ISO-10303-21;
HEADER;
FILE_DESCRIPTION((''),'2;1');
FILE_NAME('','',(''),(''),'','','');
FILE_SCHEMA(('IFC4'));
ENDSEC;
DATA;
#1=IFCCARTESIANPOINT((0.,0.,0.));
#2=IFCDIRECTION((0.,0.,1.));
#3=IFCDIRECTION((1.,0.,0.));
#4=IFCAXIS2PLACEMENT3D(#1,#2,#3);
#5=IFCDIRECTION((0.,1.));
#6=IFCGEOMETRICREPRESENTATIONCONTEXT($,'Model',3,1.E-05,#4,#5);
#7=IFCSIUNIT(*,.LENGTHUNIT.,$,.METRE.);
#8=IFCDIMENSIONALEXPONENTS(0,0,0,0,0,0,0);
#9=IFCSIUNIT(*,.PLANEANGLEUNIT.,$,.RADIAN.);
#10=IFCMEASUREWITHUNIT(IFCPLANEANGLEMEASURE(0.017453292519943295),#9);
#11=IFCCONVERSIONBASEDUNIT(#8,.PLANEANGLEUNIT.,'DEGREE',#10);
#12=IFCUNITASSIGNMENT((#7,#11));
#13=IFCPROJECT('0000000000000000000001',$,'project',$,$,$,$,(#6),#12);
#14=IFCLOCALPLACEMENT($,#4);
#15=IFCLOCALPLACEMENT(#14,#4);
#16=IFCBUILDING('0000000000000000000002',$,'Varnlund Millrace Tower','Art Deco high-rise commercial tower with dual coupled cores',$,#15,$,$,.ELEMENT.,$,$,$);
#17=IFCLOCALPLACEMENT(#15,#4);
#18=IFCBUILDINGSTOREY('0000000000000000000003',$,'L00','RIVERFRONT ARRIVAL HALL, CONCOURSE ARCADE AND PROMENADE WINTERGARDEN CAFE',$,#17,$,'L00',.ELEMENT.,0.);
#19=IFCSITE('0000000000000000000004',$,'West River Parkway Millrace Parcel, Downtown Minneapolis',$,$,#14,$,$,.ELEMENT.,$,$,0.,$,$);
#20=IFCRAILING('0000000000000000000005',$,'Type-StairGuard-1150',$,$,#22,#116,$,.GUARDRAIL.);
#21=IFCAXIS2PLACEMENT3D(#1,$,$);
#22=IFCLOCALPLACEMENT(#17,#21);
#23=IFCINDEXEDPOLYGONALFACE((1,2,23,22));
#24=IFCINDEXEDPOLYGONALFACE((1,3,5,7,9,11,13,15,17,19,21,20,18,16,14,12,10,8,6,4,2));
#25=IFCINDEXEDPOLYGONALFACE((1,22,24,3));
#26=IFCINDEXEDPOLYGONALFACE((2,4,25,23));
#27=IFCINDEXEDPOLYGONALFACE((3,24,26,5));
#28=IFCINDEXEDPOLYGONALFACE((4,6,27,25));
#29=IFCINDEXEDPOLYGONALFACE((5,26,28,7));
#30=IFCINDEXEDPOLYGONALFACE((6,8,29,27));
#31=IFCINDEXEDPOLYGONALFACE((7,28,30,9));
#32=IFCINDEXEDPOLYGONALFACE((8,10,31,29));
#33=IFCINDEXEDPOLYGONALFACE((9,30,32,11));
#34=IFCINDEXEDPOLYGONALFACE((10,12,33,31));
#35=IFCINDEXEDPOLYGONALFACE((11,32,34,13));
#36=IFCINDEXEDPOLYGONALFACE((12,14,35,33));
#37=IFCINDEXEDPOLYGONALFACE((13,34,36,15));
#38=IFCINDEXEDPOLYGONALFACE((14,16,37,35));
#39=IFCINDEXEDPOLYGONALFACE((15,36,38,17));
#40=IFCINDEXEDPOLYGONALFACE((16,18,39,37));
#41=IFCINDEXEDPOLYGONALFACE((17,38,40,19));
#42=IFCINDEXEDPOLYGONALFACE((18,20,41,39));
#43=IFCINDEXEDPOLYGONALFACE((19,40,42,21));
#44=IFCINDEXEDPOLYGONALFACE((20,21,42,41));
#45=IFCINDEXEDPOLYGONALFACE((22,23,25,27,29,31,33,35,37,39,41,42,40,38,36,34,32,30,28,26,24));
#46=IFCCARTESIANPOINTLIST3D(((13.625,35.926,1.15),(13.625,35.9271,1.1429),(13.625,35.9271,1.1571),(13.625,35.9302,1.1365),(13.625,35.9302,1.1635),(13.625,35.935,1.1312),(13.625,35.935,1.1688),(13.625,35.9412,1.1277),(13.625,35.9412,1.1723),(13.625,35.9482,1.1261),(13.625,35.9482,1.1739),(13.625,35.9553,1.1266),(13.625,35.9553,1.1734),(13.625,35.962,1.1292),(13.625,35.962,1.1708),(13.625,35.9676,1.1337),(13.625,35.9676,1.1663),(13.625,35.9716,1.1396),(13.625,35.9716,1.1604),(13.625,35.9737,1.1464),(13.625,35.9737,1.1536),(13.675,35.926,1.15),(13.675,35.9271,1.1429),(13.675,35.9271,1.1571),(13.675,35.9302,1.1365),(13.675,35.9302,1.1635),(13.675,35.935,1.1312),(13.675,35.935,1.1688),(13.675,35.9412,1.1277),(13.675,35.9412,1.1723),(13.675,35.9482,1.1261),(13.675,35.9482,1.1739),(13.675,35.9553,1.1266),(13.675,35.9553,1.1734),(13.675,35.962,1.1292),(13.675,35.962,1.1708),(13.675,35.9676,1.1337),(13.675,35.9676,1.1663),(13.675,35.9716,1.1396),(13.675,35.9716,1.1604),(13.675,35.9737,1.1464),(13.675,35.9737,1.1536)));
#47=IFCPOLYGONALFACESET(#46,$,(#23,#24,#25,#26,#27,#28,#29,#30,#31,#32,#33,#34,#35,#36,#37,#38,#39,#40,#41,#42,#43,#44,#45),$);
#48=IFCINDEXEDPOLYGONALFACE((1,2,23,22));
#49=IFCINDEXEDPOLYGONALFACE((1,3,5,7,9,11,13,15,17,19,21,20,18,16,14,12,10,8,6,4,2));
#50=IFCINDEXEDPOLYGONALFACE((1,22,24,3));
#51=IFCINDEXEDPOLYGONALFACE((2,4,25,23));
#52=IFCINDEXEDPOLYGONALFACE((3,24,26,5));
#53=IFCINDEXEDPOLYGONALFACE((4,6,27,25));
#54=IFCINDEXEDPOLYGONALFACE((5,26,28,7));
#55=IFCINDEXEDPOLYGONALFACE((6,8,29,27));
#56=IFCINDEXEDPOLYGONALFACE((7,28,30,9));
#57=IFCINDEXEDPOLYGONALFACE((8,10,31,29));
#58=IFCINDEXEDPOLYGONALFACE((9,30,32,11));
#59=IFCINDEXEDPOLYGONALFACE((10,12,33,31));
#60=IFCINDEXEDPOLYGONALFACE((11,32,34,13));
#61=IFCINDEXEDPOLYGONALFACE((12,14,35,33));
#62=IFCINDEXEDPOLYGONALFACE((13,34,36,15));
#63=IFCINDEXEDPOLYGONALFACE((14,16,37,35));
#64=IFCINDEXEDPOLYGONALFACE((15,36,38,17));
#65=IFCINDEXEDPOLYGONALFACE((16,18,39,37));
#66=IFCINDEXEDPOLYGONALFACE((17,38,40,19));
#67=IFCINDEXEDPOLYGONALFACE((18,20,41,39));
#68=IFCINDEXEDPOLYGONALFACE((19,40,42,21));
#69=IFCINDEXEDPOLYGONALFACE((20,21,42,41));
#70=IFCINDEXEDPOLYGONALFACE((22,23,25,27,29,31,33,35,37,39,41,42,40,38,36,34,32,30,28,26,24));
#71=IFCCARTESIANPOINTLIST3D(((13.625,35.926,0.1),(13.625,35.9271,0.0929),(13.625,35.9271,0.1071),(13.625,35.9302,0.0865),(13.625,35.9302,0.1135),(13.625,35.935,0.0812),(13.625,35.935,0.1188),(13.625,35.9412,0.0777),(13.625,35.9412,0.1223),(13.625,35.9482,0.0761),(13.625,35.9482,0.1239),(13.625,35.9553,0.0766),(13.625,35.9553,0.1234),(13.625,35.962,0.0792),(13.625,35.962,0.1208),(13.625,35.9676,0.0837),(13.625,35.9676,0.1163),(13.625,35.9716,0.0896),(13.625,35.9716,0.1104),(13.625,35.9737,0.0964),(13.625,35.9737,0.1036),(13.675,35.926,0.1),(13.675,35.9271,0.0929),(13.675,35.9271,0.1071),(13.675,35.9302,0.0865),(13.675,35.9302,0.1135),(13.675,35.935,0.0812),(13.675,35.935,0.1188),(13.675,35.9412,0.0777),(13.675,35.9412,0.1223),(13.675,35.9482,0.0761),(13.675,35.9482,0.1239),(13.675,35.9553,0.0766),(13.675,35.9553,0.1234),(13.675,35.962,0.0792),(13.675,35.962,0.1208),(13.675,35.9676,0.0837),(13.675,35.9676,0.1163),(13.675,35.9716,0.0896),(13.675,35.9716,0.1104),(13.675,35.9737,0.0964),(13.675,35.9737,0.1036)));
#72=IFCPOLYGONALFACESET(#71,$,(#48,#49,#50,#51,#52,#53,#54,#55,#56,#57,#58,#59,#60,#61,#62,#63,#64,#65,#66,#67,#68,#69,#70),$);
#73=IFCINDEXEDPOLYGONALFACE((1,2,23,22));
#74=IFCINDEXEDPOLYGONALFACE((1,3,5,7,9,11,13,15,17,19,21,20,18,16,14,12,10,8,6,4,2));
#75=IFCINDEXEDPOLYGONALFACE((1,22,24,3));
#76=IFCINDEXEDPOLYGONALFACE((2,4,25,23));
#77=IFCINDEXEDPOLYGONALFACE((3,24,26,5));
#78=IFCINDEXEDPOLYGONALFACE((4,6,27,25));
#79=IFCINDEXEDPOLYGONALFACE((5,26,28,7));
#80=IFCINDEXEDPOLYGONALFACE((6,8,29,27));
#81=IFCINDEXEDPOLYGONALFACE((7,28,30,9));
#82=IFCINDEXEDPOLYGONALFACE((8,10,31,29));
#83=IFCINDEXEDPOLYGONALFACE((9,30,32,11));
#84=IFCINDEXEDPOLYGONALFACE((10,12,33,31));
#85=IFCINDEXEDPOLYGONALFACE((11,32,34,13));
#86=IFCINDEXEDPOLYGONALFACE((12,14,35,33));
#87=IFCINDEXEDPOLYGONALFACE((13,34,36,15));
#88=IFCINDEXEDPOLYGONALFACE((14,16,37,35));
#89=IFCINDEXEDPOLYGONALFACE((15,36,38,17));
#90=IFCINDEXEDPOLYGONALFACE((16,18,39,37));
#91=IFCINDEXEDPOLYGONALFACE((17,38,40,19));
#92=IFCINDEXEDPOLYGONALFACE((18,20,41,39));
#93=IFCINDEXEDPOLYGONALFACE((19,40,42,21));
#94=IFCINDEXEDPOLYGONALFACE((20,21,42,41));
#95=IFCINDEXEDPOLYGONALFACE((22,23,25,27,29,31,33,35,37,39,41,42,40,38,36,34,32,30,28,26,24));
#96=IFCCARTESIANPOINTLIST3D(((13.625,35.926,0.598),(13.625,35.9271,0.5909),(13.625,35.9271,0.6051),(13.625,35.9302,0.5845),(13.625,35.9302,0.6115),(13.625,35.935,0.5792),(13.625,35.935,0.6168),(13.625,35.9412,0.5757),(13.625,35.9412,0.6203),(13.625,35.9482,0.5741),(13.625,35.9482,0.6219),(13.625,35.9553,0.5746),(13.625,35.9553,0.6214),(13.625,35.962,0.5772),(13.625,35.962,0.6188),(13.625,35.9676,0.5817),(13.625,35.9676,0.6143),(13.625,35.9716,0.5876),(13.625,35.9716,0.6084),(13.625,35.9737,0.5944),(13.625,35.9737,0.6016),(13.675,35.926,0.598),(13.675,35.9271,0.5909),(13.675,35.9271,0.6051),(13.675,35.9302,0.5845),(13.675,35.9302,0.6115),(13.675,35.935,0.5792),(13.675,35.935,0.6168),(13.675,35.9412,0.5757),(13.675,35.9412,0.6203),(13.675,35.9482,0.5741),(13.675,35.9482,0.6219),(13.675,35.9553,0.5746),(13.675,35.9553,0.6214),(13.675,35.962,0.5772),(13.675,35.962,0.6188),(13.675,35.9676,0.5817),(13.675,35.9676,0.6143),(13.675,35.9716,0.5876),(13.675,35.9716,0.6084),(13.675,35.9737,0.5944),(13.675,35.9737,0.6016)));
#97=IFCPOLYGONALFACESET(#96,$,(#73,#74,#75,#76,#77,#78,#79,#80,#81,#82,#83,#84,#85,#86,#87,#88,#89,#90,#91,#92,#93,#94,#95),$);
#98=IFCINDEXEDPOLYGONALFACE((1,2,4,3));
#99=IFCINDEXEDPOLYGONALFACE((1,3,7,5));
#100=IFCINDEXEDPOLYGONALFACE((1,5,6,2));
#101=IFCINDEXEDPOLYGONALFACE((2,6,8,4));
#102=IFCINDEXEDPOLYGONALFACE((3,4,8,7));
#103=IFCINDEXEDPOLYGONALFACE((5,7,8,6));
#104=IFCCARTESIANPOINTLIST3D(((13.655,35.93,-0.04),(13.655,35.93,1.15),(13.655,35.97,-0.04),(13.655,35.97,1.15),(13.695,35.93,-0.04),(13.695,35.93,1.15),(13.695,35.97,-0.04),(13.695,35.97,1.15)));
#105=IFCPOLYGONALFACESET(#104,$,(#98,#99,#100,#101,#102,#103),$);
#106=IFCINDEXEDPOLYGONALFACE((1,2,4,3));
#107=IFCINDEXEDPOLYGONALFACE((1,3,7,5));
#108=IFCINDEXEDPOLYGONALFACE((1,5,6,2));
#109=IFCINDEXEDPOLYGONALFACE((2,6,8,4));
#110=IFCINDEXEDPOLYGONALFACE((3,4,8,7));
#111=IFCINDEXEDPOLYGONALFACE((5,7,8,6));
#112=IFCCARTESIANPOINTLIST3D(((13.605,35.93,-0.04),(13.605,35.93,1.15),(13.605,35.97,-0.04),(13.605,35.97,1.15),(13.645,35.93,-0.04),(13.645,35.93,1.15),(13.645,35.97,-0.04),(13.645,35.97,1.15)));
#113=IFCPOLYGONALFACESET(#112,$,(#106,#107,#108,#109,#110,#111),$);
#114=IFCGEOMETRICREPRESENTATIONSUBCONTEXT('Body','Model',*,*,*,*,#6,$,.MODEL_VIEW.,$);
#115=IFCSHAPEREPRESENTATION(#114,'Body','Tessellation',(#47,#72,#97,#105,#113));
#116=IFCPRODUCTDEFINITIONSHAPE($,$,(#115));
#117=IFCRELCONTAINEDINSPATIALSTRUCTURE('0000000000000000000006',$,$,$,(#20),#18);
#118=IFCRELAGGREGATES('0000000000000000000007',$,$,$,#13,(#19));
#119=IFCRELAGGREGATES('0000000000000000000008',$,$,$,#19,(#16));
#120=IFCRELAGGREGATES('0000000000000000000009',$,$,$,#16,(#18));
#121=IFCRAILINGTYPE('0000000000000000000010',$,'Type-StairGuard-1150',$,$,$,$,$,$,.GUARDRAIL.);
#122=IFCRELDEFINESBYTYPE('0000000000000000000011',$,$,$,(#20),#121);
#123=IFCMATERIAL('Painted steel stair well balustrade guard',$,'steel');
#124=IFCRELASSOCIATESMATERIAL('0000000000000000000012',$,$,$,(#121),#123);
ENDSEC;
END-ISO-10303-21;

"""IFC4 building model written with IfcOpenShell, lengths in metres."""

from ifc_helpers import new_model, entity, si_unit, converted_unit, direction, frame, origin_with_axes, origin_2d_with_axis, place, context, subcontext, project, spatial, rectangle, circle, extrude, material, type_object, element, save


model = new_model("IFC4")

# Units and contexts
model_context = context("Model", 3, precision=1e-05, world=origin_with_axes(), true_north=direction((0.0, 1.0)))
body_context = subcontext(model_context, "Body", "Model", "MODEL_VIEW")
ifc_project = project(units=[si_unit("LENGTHUNIT", "METRE"), converted_unit("PLANEANGLEUNIT", "DEGREE", entity("IfcPlaneAngleMeasure", 0.017453292519943295), si_unit("PLANEANGLEUNIT", "RADIAN"), dimensions=[0, 0, 0, 0, 0, 0, 0])], contexts=[model_context])

# Site, building, storey
site_placement = place(None, origin_with_axes())
site = spatial("IfcSite", under=ifc_project, at=site_placement, Name="West River Parkway Millrace Parcel, Downtown Minneapolis", CompositionType="ELEMENT", RefElevation=0.0)
building_placement = place(site_placement, origin_with_axes())
building = spatial("IfcBuilding", under=site, at=building_placement, Name="Varnlund Millrace Tower", Description="Art Deco high-rise commercial tower with dual coupled cores", CompositionType="ELEMENT")
storey_placement = place(building_placement, origin_with_axes())
storey = spatial("IfcBuildingStorey", under=building, at=storey_placement, Name="L00", Description="RIVERFRONT ARRIVAL HALL, CONCOURSE ARCADE AND PROMENADE WINTERGARDEN CAFE", LongName="L00", CompositionType="ELEMENT", Elevation=0.0)

# Railing
ifc_material_1 = material(Name="Painted steel stair well balustrade guard", Category="steel")
railing_type_1 = type_object("IfcRailingType", Name="Type-StairGuard-1150", PredefinedType="GUARDRAIL", material=ifc_material_1)
railing_1_placement = place(storey_placement, origin_with_axes())
element("IfcRailing", 1, at=railing_1_placement, inside=storey, type_object=railing_type_1, Name="Type-StairGuard-1150", PredefinedType="GUARDRAIL", context=body_context, shape_type="SweptSolid", body=[
    extrude(circle(Radius=0.024, at=origin_2d_with_axis()), frame((13.675, 35.95, 1.15), z_axis=(-1.0, 0.0, 0.0), x_axis=(0.0, -1.0, 0.0)), (0.0, 0.0, 1.0), 0.05),
    extrude(circle(Radius=0.024, at=origin_2d_with_axis()), frame((13.675, 35.95, 0.1), z_axis=(-1.0, 0.0, 0.0), x_axis=(0.0, -1.0, 0.0)), (0.0, 0.0, 1.0), 0.05),
    extrude(circle(Radius=0.024, at=origin_2d_with_axis()), frame((13.675, 35.95, 0.598), z_axis=(-1.0, 0.0, 0.0), x_axis=(0.0, -1.0, 0.0)), (0.0, 0.0, 1.0), 0.05),
    extrude(rectangle(XDim=0.04, YDim=0.04, at=origin_2d_with_axis()), frame((13.675, 35.95, -0.04), z_axis=(0.0, 0.0, 1.0), x_axis=(1.0, 0.0, 0.0)), (0.0, 0.0, 1.0), 1.19),
    extrude(rectangle(XDim=0.04, YDim=0.04, at=origin_2d_with_axis()), frame((13.625, 35.95, -0.04), z_axis=(0.0, 0.0, 1.0), x_axis=(1.0, 0.0, 0.0)), (0.0, 0.0, 1.0), 1.19),
])

save(model, "model.ifc")
